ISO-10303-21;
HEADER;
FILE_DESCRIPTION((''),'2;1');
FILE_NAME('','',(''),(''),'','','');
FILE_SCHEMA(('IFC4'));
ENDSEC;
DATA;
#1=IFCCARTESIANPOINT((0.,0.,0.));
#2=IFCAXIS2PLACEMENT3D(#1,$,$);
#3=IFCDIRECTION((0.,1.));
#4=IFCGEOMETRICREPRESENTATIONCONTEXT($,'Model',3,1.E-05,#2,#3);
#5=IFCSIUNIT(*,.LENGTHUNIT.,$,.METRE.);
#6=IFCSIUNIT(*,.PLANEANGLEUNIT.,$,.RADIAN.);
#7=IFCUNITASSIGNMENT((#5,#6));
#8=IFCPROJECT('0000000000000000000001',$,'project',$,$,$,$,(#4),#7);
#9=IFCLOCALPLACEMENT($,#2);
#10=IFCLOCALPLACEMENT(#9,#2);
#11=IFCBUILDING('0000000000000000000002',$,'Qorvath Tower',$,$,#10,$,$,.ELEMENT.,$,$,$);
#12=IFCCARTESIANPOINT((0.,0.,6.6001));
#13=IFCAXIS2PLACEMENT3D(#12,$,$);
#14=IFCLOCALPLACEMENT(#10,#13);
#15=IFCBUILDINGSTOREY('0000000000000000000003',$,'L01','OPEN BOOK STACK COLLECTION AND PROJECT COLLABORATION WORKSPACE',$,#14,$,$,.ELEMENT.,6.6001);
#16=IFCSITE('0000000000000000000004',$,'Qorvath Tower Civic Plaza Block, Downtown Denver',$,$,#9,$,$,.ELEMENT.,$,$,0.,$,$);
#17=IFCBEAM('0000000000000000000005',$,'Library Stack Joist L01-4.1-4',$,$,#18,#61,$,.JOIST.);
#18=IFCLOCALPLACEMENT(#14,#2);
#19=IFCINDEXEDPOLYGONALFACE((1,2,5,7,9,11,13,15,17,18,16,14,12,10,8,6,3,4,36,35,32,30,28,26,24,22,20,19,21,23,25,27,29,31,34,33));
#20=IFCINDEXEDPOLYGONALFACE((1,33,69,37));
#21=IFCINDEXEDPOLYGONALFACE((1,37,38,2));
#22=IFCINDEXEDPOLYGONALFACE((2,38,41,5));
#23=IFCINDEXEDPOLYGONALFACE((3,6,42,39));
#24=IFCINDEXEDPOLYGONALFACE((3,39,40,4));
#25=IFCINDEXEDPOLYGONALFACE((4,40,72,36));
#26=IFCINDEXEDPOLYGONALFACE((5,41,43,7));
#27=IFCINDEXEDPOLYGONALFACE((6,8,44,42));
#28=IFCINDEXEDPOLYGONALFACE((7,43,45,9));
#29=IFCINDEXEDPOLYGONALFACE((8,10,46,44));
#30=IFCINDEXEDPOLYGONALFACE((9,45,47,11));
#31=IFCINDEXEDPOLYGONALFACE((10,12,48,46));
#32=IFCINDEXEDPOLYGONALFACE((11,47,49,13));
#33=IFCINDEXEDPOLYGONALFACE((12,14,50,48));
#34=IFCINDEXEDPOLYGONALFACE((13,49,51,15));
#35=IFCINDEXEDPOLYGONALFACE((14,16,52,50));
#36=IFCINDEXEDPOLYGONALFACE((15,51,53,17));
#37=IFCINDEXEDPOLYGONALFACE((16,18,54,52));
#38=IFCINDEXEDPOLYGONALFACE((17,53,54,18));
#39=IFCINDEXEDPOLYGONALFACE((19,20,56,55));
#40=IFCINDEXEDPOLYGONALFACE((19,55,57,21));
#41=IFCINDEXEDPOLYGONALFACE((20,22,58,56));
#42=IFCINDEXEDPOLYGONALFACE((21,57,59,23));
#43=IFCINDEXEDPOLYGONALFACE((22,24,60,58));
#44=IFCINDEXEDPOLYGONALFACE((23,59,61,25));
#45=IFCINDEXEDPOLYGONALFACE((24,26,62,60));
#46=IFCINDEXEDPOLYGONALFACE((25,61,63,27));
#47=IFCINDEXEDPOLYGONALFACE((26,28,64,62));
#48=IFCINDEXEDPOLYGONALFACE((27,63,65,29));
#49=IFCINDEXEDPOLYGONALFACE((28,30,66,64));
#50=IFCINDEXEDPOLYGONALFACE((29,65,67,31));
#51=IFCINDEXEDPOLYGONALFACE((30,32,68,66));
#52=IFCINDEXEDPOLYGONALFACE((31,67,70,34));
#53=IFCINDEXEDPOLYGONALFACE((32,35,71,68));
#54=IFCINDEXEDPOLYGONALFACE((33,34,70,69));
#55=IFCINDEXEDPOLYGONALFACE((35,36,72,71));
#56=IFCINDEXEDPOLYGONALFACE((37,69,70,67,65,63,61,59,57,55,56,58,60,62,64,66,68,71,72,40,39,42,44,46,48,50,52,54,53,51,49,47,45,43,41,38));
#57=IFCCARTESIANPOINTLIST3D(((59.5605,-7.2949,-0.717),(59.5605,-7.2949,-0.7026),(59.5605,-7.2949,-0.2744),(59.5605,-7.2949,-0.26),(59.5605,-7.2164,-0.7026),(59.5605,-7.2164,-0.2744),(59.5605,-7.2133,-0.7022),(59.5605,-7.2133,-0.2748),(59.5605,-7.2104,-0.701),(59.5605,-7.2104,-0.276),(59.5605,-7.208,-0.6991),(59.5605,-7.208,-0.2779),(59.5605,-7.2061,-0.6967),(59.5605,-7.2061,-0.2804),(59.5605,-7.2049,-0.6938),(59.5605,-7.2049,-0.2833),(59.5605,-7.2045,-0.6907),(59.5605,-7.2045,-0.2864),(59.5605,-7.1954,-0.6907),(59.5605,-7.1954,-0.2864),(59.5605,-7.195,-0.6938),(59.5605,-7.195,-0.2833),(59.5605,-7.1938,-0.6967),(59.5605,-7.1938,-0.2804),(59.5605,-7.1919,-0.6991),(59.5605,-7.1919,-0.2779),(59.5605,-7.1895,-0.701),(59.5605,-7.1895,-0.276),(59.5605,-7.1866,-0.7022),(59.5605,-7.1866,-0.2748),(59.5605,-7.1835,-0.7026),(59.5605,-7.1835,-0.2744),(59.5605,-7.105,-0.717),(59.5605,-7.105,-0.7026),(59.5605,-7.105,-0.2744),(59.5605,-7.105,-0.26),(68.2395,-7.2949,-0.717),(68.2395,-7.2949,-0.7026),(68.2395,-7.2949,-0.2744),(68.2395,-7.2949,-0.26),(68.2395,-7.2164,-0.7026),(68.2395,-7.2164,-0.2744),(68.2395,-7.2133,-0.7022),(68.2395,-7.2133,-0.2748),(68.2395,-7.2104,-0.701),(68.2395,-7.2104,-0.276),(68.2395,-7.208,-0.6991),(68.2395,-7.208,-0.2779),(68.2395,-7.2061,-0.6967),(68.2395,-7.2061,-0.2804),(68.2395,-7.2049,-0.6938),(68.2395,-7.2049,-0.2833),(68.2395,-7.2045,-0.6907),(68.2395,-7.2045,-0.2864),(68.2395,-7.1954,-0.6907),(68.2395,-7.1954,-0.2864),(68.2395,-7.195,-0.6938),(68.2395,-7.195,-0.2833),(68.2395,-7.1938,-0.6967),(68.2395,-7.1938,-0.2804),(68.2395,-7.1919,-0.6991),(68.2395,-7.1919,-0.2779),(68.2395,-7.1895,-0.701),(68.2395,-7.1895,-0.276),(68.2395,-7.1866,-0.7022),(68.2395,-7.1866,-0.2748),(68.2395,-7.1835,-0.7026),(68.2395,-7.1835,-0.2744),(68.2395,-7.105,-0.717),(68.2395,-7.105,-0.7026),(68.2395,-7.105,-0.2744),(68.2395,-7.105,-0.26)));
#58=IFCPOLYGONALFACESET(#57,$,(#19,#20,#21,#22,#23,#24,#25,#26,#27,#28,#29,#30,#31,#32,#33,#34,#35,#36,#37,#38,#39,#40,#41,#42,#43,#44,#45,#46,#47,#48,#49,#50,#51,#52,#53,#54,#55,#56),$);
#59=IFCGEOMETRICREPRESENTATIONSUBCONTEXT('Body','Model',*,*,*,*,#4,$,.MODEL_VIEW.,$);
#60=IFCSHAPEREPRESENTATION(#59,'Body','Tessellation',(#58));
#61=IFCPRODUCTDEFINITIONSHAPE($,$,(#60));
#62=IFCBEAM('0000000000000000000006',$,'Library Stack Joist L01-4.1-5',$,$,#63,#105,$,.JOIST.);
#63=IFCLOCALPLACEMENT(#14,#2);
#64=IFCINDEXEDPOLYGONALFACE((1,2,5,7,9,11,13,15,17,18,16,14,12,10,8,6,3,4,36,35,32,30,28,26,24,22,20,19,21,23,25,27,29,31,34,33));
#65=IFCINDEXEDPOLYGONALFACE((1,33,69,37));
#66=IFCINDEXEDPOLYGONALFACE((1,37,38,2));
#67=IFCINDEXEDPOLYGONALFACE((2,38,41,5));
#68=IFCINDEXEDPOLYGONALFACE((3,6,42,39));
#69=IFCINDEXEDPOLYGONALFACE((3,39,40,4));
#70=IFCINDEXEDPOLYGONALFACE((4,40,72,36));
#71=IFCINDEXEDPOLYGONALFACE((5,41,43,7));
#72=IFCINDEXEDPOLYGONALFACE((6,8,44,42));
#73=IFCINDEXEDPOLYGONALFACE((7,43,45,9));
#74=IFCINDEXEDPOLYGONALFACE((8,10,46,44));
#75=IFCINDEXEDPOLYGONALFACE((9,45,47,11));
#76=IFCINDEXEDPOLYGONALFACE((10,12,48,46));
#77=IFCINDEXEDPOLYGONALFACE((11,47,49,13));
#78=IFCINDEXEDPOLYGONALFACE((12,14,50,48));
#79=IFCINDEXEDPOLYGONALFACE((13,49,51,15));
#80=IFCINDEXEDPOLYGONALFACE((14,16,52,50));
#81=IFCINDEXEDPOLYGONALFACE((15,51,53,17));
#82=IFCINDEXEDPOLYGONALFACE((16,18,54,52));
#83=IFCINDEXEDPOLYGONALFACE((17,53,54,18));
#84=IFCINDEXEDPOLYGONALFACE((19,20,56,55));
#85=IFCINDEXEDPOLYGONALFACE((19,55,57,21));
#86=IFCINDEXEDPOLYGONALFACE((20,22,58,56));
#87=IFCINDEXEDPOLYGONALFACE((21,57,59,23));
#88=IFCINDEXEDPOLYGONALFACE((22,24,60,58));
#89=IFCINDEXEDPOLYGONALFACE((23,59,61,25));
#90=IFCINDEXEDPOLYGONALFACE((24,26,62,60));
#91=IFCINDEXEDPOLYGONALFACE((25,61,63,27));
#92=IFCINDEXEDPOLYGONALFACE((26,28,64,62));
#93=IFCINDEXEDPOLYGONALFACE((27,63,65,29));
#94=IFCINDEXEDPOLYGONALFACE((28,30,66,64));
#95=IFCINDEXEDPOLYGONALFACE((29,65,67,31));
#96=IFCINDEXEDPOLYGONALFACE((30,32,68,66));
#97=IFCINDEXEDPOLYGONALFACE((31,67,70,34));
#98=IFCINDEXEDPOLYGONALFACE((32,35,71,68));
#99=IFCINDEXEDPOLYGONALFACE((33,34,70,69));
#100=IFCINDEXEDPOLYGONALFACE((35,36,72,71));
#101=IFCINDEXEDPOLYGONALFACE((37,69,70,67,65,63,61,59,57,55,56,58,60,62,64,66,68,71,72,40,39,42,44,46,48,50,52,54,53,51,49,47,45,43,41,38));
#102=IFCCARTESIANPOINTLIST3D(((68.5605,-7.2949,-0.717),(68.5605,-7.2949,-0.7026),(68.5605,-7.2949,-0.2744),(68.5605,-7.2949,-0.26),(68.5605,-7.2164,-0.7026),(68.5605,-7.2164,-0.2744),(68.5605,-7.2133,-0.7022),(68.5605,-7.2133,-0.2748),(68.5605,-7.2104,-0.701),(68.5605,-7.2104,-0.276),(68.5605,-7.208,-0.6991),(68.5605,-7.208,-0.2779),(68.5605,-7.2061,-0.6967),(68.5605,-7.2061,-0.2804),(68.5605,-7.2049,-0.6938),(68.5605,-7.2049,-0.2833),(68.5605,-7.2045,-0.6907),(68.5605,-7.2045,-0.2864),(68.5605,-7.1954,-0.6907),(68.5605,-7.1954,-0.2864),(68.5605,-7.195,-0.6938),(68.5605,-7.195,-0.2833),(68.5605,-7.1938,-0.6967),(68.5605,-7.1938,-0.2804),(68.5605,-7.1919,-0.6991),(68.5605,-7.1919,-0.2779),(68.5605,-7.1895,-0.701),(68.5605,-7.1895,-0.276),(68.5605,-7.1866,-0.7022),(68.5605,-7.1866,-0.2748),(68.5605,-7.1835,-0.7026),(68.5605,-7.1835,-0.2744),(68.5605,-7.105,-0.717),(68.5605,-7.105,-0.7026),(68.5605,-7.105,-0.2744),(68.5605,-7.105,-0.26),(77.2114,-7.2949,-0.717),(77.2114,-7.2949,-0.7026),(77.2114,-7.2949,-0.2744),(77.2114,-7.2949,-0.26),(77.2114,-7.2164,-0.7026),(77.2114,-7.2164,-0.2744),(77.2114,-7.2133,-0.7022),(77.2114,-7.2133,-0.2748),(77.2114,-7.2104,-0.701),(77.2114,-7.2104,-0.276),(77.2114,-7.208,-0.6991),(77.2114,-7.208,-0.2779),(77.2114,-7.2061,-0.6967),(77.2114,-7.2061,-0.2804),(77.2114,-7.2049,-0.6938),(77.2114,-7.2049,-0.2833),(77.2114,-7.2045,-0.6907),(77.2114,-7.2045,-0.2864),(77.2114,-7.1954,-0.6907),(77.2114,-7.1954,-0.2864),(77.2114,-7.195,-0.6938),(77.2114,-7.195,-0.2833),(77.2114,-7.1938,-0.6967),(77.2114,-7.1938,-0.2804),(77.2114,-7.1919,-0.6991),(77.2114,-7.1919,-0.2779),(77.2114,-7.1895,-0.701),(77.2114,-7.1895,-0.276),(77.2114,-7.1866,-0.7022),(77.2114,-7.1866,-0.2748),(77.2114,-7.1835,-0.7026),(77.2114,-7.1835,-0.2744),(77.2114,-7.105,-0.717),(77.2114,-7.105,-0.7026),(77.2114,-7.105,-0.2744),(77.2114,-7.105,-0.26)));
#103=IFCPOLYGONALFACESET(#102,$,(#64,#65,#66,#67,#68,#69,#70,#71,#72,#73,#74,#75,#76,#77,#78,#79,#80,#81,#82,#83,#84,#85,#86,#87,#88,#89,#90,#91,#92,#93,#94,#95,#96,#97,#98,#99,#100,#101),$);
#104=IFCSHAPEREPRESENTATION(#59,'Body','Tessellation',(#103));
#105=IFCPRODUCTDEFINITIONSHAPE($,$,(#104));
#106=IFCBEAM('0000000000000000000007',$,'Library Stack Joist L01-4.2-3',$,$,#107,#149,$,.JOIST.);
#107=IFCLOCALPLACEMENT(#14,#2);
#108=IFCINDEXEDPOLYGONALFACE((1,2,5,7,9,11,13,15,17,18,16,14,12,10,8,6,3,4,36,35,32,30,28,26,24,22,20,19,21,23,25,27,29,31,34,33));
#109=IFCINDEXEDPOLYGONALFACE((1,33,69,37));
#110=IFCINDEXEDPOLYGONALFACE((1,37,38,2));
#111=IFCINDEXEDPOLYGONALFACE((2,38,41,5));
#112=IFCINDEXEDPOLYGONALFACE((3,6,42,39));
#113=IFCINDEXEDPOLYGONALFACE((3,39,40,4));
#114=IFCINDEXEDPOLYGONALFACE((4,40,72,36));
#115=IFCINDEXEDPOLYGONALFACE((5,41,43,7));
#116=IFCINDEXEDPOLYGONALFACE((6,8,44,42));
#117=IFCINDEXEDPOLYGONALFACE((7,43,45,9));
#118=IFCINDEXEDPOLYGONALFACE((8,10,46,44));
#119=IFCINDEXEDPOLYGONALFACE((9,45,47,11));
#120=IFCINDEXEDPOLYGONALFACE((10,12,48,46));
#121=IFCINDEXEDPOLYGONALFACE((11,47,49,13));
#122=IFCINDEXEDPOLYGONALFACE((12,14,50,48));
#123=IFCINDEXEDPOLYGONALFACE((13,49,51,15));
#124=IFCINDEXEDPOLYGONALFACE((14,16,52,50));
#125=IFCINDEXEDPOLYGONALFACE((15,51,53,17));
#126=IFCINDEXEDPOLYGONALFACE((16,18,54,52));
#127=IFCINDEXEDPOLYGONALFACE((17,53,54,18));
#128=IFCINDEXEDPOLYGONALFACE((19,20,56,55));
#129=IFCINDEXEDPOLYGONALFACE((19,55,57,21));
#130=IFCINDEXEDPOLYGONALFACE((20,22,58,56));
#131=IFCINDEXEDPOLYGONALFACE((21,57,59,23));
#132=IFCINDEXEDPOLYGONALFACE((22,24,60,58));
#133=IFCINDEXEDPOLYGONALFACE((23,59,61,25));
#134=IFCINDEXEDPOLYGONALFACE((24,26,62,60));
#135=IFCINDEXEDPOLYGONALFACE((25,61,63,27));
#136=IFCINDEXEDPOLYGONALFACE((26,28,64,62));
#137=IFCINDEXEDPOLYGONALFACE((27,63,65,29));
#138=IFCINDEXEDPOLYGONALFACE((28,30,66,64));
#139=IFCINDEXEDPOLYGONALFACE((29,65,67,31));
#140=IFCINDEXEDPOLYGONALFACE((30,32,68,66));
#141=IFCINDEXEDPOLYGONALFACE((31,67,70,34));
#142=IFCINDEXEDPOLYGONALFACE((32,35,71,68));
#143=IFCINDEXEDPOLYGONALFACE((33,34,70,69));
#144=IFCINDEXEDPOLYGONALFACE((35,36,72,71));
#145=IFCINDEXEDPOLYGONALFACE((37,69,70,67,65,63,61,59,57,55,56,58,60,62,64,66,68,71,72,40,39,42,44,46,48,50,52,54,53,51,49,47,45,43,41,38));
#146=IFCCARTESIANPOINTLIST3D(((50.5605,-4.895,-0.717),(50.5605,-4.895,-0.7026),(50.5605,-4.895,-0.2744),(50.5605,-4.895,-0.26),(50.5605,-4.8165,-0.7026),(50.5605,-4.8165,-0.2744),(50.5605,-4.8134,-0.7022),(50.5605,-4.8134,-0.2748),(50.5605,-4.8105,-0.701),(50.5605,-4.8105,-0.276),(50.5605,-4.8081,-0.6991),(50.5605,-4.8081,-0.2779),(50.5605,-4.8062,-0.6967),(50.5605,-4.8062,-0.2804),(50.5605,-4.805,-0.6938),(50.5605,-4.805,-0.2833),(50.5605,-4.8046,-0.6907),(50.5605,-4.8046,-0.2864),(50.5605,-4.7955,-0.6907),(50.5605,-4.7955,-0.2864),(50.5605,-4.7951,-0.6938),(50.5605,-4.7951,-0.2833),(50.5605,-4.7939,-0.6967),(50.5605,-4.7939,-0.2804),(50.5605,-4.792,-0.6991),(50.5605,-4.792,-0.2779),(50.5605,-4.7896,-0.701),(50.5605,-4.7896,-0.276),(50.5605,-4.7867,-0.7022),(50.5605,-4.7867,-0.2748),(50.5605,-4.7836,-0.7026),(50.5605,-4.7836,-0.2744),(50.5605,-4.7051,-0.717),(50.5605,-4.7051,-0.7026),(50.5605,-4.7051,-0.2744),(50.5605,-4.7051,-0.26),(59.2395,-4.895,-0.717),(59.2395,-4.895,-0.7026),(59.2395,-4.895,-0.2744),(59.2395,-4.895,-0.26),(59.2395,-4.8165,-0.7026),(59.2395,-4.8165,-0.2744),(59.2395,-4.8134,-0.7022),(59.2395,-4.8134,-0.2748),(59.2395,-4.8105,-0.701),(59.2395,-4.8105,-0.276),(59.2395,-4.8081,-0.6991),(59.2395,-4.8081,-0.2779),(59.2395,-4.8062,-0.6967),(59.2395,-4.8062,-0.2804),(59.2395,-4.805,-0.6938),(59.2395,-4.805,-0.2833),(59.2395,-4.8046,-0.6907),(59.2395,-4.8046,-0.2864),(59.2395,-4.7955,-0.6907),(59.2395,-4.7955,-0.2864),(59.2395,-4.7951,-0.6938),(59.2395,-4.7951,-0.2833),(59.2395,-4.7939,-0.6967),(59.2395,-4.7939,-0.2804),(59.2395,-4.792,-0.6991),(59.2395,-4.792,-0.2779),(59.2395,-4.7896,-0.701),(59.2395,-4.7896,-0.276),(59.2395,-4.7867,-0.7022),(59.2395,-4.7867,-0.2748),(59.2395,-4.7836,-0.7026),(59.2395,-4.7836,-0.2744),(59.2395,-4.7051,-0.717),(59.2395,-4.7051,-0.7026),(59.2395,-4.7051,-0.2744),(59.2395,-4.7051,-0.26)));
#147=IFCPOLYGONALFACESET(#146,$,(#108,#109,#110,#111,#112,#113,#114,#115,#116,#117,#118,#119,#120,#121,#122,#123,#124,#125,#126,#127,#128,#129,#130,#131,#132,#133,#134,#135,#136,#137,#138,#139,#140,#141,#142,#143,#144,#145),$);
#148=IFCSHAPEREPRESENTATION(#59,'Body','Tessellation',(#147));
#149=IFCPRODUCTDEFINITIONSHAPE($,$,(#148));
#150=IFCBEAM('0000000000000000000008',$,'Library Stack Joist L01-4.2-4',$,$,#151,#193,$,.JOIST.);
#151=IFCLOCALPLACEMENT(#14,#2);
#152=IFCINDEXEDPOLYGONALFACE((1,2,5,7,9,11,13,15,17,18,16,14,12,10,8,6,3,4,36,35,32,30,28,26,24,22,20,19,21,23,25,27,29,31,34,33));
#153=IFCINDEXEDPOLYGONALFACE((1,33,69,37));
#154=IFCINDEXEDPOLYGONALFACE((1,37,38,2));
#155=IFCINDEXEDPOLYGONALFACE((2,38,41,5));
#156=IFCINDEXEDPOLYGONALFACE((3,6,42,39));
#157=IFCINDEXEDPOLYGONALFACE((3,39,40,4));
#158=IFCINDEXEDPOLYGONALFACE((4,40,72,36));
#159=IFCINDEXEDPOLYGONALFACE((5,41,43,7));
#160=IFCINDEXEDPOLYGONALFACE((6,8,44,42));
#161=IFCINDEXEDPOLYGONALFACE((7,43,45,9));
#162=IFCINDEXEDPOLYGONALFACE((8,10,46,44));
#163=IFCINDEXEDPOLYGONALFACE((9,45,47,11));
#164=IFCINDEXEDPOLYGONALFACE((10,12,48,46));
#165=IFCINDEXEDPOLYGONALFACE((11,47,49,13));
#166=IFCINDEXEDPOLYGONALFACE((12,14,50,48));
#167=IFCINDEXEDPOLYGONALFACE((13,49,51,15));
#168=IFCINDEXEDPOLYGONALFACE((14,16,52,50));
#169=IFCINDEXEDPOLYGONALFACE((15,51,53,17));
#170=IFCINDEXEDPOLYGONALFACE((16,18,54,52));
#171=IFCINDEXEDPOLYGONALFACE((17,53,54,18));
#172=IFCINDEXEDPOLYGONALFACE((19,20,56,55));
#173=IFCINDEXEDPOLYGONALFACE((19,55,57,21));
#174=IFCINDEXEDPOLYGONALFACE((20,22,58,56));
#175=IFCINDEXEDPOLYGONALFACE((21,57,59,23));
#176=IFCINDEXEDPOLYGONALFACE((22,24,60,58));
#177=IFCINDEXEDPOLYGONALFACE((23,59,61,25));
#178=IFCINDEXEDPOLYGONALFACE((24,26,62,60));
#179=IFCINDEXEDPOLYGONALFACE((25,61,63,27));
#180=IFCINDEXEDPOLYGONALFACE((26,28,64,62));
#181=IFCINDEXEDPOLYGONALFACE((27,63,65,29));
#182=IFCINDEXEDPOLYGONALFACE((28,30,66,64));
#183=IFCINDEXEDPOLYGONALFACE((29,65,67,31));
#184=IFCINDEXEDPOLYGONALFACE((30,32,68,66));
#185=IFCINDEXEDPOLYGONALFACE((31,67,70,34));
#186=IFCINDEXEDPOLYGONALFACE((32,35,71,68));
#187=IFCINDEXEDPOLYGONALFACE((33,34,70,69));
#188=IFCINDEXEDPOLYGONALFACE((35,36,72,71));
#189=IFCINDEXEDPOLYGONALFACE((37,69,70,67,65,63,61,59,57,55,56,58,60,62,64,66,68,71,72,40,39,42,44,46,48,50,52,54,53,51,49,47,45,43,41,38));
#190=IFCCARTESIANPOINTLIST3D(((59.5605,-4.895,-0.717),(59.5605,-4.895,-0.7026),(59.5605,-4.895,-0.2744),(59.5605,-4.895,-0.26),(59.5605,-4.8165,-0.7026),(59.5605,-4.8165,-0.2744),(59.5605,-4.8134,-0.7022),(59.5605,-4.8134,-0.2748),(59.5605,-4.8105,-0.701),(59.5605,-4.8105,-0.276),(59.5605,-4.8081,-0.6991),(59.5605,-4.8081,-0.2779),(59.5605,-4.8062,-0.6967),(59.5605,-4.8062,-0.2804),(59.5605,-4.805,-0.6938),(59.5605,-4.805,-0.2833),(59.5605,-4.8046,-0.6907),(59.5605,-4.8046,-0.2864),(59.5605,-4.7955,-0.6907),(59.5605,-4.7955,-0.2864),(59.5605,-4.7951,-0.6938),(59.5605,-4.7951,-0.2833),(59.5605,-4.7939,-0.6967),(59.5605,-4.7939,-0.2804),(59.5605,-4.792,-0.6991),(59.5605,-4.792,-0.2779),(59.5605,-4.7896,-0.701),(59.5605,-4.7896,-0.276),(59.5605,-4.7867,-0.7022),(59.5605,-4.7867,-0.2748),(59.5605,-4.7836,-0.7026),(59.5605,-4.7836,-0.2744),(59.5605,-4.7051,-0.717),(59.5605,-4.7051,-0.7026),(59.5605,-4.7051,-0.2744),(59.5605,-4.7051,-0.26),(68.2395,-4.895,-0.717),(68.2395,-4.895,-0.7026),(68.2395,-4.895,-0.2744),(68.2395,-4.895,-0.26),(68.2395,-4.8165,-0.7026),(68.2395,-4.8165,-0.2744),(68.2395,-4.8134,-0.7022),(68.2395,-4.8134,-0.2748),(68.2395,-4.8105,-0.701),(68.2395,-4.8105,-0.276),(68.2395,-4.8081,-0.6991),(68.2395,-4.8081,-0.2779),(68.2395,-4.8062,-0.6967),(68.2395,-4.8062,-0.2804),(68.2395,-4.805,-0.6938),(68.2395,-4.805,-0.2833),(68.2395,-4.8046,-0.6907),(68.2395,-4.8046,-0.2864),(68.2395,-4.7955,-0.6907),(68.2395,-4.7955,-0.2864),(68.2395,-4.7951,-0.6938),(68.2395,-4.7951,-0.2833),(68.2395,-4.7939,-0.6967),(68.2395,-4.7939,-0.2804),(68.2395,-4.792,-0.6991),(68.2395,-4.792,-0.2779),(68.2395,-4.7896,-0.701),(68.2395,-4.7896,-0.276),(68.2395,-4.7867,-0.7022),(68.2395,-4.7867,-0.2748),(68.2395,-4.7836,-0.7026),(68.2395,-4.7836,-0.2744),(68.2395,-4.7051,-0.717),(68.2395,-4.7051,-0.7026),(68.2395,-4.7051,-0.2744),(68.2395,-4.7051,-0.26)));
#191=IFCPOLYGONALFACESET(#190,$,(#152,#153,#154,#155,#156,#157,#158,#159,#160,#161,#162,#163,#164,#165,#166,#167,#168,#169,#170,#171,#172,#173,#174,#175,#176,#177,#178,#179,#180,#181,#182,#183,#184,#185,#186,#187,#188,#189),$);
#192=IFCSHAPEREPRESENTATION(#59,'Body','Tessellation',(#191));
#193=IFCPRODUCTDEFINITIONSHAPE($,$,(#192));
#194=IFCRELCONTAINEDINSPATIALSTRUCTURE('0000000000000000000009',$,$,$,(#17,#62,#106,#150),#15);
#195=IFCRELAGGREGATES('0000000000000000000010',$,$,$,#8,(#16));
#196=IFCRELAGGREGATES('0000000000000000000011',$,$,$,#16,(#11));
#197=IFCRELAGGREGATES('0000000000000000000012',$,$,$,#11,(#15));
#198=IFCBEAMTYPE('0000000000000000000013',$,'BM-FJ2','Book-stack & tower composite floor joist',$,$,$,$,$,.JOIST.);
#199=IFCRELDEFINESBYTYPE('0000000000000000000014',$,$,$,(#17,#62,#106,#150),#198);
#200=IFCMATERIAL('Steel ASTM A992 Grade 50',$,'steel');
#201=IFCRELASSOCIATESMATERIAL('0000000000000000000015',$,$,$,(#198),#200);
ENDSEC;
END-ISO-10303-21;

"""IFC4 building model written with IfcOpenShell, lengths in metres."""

from ifc_helpers import new_model, si_unit, direction, frame, origin, origin_2d, place, context, subcontext, project, spatial, i_section, extrude, material, material_profile, profile_set, type_object, element, save


model = new_model("IFC4")

# Units and contexts
model_context = context("Model", 3, precision=1e-05, world=origin(), true_north=direction((0.0, 1.0)))
body_context = subcontext(model_context, "Body", "Model", "MODEL_VIEW")
ifc_project = project(units=[si_unit("LENGTHUNIT", "METRE"), si_unit("PLANEANGLEUNIT", "RADIAN")], contexts=[model_context])

# Site, building, storey
site_placement = place(None, origin())
site = spatial("IfcSite", under=ifc_project, at=site_placement, Name="Qorvath Tower Civic Plaza Block, Downtown Denver", CompositionType="ELEMENT", RefElevation=0.0)
building_placement = place(site_placement, origin())
building = spatial("IfcBuilding", under=site, at=building_placement, Name="Qorvath Tower", CompositionType="ELEMENT")
storey_placement = place(building_placement, frame((0.0, 0.0, 6.6001)))
storey = spatial("IfcBuildingStorey", under=building, at=storey_placement, Name="L01", Description="OPEN BOOK STACK COLLECTION AND PROJECT COLLABORATION WORKSPACE", CompositionType="ELEMENT", Elevation=6.6001)

# Beams
ifc_material_1 = material(Name="Steel ASTM A992 Grade 50", Category="steel")
ifc_material_profile_1 = material_profile(ifc_material_1, i_section(OverallWidth=0.1899, OverallDepth=0.457, WebThickness=0.009, FlangeThickness=0.0144, FilletRadius=0.012, at=origin_2d()), Name="W18x50")
ifc_profile_set_1 = profile_set([ifc_material_profile_1], Name="Steel ASTM A992 Grade 50")
beam_type_1 = type_object("IfcBeamType", Name="BM-FJ2", Description="Book-stack & tower composite floor joist", PredefinedType="JOIST", material=ifc_profile_set_1)
beam_1_placement = place(storey_placement, frame((59.5605, -7.2, -0.4885), z_axis=(1.0, 0.0, 0.0), x_axis=(0.0, 1.0, 0.0)))
element("IfcBeam", 1, at=beam_1_placement, inside=storey, type_object=beam_type_1, Name="Library Stack Joist L01-4.1-4", PredefinedType="JOIST", context=body_context, shape_type="SweptSolid", body=[
    extrude(i_section(OverallWidth=0.1899, OverallDepth=0.457, WebThickness=0.009, FlangeThickness=0.0144, FilletRadius=0.012, at=origin_2d()), origin(), (0.0, 0.0, 1.0), 8.679),
])
beam_2_placement = place(storey_placement, frame((68.5605, -7.2, -0.4885), z_axis=(1.0, 0.0, 0.0), x_axis=(0.0, 1.0, 0.0)))
element("IfcBeam", 2, at=beam_2_placement, inside=storey, type_object=beam_type_1, Name="Library Stack Joist L01-4.1-5", PredefinedType="JOIST", context=body_context, shape_type="SweptSolid", body=[
    extrude(i_section(OverallWidth=0.1899, OverallDepth=0.457, WebThickness=0.009, FlangeThickness=0.0144, FilletRadius=0.012, at=origin_2d()), origin(), (0.0, 0.0, 1.0), 8.6509),
])
for number, where, z_axis, x_axis, name in (
    (3, (50.5605, -4.8, -0.4885), (1.0, 0.0, 0.0), (0.0, 1.0, 0.0), "Library Stack Joist L01-4.2-3"),
    (4, (59.5605, -4.8, -0.4885), (1.0, 0.0, 0.0), (0.0, 1.0, 0.0), "Library Stack Joist L01-4.2-4"),
):
    element("IfcBeam", number, at=place(storey_placement, frame(where, z_axis=z_axis, x_axis=x_axis)), inside=storey, type_object=beam_type_1, Name=name, PredefinedType="JOIST", context=body_context, shape_type="SweptSolid", body=[
        extrude(i_section(OverallWidth=0.1899, OverallDepth=0.457, WebThickness=0.009, FlangeThickness=0.0144, FilletRadius=0.012, at=origin_2d()), origin(), (0.0, 0.0, 1.0), 8.679),
    ])

save(model, "model.ifc")
